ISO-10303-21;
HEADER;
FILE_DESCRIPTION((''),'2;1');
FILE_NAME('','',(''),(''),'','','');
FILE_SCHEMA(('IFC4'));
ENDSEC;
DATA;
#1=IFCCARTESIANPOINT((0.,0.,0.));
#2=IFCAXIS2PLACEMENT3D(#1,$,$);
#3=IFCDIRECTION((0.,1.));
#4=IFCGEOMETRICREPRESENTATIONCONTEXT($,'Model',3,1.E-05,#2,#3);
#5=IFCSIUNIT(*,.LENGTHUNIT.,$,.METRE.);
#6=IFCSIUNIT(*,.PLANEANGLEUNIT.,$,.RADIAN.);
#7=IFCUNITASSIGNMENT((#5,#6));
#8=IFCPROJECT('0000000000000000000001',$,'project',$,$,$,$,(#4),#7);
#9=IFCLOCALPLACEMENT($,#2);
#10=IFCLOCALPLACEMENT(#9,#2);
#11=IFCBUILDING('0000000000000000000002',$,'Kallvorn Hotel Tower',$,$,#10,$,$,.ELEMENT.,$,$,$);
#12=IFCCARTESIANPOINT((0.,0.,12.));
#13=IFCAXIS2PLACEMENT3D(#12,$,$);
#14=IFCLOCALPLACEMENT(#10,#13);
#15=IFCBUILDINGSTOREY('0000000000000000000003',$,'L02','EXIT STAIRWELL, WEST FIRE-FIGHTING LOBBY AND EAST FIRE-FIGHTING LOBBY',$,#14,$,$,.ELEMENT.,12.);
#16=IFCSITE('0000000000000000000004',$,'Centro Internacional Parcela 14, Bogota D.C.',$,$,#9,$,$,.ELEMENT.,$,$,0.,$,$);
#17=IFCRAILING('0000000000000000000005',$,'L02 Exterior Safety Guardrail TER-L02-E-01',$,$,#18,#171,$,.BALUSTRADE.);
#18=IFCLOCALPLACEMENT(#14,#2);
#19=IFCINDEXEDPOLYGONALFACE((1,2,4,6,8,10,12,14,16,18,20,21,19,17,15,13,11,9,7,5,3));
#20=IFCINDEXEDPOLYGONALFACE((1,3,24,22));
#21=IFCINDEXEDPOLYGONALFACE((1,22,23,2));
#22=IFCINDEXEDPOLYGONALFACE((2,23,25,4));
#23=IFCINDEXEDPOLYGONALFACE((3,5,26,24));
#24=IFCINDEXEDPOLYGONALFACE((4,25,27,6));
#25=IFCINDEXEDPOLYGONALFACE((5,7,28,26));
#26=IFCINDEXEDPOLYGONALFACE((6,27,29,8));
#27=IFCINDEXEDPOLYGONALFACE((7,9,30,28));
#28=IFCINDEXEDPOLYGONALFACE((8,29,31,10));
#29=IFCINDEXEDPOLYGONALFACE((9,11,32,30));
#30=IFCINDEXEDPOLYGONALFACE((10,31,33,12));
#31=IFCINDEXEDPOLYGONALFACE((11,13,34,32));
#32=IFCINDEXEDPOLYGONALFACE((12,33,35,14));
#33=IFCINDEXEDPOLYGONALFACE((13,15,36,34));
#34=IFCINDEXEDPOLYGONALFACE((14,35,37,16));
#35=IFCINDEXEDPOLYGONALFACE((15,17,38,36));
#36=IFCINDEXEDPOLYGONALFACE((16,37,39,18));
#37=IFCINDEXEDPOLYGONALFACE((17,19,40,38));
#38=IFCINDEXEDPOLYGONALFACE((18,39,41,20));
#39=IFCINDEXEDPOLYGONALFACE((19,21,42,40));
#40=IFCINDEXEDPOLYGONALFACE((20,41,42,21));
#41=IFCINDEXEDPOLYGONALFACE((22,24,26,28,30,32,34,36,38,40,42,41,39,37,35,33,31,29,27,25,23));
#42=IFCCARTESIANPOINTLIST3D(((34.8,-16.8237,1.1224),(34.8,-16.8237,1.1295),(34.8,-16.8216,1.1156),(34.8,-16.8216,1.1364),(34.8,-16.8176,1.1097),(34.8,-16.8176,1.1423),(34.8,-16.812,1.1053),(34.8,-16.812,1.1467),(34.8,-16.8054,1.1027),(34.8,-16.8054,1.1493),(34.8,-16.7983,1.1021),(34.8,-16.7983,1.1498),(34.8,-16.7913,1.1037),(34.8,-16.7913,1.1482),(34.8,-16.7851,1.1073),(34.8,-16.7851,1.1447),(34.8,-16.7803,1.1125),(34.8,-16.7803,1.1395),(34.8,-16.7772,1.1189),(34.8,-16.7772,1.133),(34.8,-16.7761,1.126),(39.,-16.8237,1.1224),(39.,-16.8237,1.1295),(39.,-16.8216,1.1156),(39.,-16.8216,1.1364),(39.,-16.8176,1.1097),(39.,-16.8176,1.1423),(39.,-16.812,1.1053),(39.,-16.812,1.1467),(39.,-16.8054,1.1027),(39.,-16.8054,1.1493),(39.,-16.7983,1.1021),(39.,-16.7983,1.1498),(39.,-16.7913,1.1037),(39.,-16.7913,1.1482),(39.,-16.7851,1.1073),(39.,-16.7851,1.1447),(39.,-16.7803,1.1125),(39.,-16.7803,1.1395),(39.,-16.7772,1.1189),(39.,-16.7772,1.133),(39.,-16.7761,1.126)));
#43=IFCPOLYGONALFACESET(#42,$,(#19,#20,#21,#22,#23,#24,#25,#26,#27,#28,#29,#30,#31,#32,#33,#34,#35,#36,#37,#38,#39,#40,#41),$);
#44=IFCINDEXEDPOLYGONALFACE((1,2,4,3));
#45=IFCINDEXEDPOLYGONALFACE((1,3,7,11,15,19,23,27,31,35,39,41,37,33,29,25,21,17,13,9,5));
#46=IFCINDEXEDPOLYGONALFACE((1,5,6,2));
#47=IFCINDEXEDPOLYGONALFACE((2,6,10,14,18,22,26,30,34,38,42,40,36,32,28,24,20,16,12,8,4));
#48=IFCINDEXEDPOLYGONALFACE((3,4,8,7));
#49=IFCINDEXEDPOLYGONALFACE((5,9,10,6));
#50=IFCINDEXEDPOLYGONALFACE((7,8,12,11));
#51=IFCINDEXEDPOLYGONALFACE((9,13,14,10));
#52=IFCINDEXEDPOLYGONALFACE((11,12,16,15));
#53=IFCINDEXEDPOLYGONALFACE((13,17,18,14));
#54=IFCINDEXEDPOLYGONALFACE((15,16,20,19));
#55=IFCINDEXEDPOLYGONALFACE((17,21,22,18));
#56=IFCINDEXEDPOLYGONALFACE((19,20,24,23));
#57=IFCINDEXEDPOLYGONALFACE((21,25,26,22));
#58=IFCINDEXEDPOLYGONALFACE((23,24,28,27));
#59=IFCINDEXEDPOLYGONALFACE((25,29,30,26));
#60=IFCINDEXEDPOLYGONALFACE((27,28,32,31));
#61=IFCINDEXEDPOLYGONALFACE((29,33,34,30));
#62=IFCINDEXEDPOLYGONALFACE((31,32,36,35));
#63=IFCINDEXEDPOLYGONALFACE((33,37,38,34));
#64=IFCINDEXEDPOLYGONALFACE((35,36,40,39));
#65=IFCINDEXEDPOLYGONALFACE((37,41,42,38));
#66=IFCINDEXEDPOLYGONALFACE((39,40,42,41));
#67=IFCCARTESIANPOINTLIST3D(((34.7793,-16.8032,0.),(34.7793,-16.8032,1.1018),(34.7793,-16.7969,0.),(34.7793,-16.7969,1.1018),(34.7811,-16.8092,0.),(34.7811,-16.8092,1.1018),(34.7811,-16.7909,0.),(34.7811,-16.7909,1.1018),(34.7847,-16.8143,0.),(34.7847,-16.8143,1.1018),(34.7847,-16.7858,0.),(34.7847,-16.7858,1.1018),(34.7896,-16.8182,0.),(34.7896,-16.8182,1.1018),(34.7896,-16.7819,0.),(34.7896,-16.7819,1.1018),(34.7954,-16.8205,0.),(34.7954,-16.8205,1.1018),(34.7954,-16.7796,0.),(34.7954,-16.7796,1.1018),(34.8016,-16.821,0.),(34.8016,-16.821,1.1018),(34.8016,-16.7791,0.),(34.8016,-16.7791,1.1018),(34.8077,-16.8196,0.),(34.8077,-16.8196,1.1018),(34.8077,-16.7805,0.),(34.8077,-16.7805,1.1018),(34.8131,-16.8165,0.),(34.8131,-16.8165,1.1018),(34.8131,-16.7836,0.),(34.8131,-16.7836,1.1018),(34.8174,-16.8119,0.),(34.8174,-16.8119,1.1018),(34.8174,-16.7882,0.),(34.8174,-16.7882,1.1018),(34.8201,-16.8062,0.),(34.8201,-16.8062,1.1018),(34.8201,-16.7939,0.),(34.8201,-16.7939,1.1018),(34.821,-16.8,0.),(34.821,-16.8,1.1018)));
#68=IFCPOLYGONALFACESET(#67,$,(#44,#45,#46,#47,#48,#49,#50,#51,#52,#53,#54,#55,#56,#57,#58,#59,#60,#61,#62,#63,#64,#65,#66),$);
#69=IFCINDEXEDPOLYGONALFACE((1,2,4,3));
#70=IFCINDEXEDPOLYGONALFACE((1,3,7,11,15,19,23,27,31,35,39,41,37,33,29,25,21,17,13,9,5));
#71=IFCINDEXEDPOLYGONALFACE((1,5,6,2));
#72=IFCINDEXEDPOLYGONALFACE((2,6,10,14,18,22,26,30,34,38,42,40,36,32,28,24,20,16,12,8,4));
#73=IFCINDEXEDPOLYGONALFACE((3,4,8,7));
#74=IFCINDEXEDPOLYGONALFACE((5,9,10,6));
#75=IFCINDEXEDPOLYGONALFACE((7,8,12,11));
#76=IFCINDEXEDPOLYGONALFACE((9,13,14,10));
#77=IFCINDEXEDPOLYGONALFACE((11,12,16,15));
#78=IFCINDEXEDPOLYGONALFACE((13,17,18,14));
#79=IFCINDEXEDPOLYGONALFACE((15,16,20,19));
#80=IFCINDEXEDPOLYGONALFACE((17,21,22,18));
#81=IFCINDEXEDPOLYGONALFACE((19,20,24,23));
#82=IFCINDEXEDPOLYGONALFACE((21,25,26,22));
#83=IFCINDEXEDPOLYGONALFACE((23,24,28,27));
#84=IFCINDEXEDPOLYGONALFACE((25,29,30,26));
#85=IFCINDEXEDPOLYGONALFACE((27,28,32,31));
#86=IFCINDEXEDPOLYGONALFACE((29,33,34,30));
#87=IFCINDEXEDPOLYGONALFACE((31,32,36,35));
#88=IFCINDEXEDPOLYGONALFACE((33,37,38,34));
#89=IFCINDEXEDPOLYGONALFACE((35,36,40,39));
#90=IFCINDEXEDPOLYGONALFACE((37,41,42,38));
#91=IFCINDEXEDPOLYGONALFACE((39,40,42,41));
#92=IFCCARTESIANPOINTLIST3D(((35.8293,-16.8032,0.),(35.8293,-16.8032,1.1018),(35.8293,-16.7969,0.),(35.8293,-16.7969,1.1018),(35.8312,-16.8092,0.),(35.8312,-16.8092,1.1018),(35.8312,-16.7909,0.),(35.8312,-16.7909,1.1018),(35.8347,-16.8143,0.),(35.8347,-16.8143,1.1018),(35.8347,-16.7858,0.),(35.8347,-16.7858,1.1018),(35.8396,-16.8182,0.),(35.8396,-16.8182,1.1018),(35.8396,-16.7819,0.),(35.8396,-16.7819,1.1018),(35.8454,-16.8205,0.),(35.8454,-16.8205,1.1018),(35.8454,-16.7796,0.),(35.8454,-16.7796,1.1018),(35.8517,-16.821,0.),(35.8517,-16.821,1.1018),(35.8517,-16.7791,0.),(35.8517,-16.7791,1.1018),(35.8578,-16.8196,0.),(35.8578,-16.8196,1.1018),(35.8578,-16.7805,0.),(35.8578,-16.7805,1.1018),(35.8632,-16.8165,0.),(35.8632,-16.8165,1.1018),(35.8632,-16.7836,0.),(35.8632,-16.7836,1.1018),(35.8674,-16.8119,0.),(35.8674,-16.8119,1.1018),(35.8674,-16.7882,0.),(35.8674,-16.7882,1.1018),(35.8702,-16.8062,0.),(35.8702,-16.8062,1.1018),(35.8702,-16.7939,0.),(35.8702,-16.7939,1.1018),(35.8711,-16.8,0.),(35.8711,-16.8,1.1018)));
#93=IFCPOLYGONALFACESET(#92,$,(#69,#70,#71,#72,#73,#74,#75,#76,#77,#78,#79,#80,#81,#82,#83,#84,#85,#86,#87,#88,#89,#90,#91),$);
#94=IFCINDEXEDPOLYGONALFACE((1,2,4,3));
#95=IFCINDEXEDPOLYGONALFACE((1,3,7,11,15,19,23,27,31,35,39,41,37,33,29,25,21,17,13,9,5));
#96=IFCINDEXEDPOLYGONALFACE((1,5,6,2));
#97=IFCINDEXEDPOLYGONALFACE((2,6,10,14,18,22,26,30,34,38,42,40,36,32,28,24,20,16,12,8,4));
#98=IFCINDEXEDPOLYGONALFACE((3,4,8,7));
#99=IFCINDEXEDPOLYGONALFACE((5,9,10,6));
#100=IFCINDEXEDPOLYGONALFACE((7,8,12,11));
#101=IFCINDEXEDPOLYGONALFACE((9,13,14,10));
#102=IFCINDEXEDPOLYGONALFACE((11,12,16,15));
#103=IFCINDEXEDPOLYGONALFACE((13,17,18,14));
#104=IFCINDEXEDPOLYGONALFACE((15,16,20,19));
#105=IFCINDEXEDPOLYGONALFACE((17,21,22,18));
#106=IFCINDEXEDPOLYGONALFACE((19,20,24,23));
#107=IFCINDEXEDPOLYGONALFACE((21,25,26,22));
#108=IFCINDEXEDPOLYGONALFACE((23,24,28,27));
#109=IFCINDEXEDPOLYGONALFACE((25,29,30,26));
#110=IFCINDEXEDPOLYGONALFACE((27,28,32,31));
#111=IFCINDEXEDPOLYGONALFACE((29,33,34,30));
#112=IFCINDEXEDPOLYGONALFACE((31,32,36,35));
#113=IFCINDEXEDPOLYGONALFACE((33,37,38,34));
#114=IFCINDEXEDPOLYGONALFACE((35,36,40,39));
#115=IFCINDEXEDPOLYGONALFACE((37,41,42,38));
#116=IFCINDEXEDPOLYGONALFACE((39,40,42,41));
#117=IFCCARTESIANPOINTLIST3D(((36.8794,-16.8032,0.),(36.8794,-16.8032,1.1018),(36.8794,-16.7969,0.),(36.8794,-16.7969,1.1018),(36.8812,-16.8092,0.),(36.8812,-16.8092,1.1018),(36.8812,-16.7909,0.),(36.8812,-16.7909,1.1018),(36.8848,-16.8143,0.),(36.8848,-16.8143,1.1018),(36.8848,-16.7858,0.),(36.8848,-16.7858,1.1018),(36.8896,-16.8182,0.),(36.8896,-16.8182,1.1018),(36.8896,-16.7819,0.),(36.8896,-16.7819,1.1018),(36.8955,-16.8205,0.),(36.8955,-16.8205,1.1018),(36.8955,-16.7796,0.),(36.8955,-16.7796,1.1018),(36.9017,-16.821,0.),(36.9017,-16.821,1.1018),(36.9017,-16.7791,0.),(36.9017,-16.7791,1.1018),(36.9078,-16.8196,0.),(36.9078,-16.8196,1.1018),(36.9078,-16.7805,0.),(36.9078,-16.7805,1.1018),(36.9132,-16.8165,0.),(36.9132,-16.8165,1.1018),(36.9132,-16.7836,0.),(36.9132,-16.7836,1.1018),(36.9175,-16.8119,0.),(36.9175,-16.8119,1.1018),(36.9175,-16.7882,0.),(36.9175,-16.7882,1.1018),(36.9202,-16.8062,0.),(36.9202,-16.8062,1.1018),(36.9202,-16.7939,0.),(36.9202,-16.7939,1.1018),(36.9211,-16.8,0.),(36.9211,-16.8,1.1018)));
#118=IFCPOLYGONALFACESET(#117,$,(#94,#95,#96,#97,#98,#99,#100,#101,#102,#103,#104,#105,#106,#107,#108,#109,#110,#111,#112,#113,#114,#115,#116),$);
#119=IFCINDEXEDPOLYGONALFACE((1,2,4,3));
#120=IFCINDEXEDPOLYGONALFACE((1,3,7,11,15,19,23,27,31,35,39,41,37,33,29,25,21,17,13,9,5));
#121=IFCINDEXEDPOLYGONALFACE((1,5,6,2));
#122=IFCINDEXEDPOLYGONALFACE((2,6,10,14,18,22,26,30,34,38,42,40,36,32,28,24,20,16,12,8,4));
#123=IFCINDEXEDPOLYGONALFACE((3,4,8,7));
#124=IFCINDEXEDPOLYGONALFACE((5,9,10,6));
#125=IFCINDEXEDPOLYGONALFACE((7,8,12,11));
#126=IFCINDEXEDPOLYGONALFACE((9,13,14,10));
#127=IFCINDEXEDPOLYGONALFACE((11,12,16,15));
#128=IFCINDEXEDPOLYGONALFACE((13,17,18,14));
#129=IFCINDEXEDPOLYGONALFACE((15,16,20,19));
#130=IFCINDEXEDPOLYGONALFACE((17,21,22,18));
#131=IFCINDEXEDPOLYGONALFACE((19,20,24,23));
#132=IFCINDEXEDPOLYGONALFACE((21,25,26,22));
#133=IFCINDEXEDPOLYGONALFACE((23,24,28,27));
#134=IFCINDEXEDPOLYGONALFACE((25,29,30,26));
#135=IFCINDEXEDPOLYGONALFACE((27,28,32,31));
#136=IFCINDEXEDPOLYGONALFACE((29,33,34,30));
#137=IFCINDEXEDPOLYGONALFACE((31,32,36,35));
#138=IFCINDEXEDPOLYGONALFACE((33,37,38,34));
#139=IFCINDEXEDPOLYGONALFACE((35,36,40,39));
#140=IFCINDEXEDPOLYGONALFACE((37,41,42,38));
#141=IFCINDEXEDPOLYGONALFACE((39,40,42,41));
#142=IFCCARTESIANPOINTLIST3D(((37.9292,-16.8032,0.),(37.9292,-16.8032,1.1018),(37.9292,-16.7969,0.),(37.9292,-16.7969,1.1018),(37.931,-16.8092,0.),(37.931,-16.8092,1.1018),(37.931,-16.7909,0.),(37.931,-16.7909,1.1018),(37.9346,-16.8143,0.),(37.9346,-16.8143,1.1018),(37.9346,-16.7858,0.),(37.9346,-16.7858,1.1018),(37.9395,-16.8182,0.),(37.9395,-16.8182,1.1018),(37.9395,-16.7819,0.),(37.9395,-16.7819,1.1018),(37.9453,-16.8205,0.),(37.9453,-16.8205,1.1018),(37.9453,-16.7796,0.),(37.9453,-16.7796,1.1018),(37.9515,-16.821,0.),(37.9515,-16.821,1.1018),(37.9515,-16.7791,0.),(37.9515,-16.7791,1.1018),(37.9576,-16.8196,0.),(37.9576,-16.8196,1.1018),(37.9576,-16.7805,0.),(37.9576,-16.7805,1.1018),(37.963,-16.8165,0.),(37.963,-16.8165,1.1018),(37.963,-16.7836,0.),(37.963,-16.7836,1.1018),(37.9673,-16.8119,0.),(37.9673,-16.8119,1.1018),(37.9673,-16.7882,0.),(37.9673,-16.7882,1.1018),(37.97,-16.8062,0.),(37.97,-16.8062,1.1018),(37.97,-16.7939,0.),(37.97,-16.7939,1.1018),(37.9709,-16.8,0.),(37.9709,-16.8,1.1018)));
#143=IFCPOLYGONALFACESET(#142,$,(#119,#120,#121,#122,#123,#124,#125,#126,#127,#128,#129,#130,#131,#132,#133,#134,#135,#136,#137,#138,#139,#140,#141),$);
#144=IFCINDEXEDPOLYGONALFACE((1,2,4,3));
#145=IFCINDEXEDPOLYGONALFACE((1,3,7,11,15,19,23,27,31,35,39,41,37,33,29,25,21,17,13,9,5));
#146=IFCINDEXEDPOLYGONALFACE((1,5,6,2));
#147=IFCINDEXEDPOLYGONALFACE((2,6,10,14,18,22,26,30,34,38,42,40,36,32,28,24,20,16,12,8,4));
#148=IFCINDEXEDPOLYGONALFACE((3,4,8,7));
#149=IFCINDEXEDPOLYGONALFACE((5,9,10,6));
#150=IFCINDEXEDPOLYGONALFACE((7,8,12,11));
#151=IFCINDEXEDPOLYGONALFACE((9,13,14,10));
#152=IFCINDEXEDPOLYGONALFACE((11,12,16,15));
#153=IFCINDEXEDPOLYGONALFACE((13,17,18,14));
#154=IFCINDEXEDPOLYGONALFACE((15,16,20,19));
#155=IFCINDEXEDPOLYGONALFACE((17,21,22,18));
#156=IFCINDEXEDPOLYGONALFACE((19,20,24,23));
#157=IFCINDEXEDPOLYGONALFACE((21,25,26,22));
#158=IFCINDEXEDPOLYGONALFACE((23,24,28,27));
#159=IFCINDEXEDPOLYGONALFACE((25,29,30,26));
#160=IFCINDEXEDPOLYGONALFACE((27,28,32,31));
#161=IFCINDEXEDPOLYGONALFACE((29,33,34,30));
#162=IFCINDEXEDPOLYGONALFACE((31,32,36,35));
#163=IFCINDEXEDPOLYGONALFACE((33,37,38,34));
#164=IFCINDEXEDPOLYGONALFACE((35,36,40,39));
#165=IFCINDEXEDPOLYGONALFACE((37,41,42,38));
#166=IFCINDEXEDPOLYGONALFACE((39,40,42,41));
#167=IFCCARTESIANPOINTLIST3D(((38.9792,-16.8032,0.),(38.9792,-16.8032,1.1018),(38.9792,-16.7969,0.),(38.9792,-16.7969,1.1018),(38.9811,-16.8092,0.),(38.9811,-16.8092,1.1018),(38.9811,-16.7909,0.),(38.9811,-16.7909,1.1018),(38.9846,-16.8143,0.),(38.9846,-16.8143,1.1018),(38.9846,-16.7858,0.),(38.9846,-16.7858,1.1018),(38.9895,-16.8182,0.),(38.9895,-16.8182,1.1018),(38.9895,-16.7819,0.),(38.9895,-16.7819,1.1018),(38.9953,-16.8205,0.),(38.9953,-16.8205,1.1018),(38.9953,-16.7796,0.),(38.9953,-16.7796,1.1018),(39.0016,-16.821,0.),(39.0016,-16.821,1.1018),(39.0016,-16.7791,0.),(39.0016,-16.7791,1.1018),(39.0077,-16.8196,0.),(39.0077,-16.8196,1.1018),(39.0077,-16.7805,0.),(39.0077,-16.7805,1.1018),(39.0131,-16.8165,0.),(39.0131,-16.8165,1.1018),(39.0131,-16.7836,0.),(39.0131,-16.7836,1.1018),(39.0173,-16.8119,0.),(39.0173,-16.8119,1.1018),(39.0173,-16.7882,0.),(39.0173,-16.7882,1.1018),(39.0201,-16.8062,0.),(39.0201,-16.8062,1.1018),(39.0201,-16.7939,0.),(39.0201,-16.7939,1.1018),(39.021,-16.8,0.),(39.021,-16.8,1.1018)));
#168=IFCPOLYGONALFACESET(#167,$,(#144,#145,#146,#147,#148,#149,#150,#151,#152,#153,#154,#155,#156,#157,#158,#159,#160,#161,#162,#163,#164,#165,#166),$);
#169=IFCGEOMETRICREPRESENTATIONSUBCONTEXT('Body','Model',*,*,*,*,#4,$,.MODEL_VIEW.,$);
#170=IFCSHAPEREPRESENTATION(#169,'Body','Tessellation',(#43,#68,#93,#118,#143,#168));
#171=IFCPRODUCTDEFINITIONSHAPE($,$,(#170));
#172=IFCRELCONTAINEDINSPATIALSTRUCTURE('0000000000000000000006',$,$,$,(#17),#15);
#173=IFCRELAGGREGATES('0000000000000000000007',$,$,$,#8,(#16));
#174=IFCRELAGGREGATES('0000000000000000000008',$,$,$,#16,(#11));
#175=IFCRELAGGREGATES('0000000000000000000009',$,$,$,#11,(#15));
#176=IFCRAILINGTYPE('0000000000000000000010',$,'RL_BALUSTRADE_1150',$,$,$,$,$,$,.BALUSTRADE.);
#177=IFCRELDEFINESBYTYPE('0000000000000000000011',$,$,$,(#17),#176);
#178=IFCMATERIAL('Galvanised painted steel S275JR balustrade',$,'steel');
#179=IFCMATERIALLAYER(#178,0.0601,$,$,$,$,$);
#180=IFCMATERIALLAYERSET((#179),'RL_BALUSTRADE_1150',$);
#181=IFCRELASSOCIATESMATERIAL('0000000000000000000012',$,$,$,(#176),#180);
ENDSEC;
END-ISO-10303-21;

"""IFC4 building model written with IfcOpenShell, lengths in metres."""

from ifc_helpers import new_model, si_unit, direction, frame, origin, origin_2d, place, context, subcontext, project, spatial, circle, extrude, material, layer, layer_set, type_object, element, save


model = new_model("IFC4")

# Units and contexts
model_context = context("Model", 3, precision=1e-05, world=origin(), true_north=direction((0.0, 1.0)))
body_context = subcontext(model_context, "Body", "Model", "MODEL_VIEW")
ifc_project = project(units=[si_unit("LENGTHUNIT", "METRE"), si_unit("PLANEANGLEUNIT", "RADIAN")], contexts=[model_context])

# Site, building, storey
site_placement = place(None, origin())
site = spatial("IfcSite", under=ifc_project, at=site_placement, Name="Centro Internacional Parcela 14, Bogota D.C.", CompositionType="ELEMENT", RefElevation=0.0)
building_placement = place(site_placement, origin())
building = spatial("IfcBuilding", under=site, at=building_placement, Name="Kallvorn Hotel Tower", CompositionType="ELEMENT")
storey_placement = place(building_placement, frame((0.0, 0.0, 12.0)))
storey = spatial("IfcBuildingStorey", under=building, at=storey_placement, Name="L02", Description="EXIT STAIRWELL, WEST FIRE-FIGHTING LOBBY AND EAST FIRE-FIGHTING LOBBY", CompositionType="ELEMENT", Elevation=12.0)

# Railing
ifc_material_1 = material(Name="Galvanised painted steel S275JR balustrade", Category="steel")
ifc_layer_1 = layer(ifc_material_1, 0.0601)
ifc_layer_set_1 = layer_set([ifc_layer_1], Name="RL_BALUSTRADE_1150")
railing_type = type_object("IfcRailingType", Name="RL_BALUSTRADE_1150", PredefinedType="BALUSTRADE", material=ifc_layer_set_1)
railing_1_placement = place(storey_placement, frame((34.8, -16.8, 0.0)))
element("IfcRailing", 1, at=railing_1_placement, inside=storey, type_object=railing_type, Name="L02 Exterior Safety Guardrail TER-L02-E-01", PredefinedType="BALUSTRADE", context=body_context, shape_type="SweptSolid", body=[
    extrude(circle(Radius=0.0239, at=origin_2d()), frame((0.0, 0.0, 1.126), z_axis=(1.0, 0.0, 0.0), x_axis=(0.0, 1.0, 0.0)), (0.0, 0.0, 1.0), 4.2),
    extrude(circle(Radius=0.021, at=origin_2d()), origin(), (0.0, 0.0, 1.0), 1.1018),
    extrude(circle(Radius=0.021, at=origin_2d()), frame((1.05, 0.0, 0.0)), (0.0, 0.0, 1.0), 1.1018),
    extrude(circle(Radius=0.021, at=origin_2d()), frame((2.1001, 0.0, 0.0)), (0.0, 0.0, 1.0), 1.1018),
    extrude(circle(Radius=0.021, at=origin_2d()), frame((3.1499, 0.0, 0.0)), (0.0, 0.0, 1.0), 1.1018),
    extrude(circle(Radius=0.021, at=origin_2d()), frame((4.2, 0.0, 0.0)), (0.0, 0.0, 1.0), 1.1018),
])

save(model, "model.ifc")
